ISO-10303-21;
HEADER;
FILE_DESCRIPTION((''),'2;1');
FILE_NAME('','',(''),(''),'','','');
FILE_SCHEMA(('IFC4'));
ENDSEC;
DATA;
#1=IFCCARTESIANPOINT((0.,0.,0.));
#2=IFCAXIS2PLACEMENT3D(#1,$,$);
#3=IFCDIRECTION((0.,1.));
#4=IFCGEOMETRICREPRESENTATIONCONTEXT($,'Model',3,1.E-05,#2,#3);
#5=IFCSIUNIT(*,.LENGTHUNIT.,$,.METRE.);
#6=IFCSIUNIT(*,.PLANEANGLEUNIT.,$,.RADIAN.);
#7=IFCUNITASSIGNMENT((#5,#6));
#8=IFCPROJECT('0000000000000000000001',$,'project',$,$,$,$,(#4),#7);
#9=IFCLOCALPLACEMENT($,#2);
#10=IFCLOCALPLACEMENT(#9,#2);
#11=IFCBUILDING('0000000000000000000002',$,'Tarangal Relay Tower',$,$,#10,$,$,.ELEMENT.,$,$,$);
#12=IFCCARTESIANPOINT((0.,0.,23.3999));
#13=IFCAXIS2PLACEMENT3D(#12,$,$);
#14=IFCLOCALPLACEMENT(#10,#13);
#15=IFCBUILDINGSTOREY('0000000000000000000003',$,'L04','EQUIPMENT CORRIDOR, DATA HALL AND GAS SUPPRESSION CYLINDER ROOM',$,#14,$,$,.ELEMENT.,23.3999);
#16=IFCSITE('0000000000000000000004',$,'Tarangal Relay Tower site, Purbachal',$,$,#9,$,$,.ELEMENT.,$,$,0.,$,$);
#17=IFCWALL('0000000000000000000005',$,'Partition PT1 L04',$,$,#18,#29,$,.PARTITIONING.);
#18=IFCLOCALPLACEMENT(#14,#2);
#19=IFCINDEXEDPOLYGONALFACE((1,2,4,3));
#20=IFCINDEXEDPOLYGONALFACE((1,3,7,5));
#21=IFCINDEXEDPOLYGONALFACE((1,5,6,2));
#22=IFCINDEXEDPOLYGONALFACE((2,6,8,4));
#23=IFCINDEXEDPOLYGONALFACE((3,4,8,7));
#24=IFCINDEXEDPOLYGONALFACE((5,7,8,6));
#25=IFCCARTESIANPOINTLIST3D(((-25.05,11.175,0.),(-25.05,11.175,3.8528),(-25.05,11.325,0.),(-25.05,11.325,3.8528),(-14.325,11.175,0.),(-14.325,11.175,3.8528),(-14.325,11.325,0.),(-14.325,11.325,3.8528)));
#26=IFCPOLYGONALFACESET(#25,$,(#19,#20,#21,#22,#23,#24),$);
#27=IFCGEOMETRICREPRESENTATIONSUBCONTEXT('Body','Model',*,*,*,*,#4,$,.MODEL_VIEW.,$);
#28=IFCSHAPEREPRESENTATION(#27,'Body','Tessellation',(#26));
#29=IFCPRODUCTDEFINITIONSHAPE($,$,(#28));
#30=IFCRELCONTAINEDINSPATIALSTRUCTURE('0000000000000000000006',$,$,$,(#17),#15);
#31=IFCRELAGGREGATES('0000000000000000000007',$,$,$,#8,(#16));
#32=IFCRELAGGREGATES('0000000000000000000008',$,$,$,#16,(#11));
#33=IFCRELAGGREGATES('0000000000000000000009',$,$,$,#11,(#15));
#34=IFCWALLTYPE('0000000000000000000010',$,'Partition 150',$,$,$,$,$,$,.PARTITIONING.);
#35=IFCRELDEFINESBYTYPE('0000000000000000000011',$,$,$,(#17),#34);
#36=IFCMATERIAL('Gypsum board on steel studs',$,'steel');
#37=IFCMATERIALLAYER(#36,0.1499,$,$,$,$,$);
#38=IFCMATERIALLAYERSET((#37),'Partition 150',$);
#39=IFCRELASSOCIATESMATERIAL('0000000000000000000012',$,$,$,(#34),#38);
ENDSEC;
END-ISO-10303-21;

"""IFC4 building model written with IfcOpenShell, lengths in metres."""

from ifc_helpers import new_model, si_unit, direction, frame, frame_2d, origin, place, context, subcontext, project, spatial, rectangle, extrude, material, layer, layer_set, type_object, element, save


model = new_model("IFC4")

# Units and contexts
model_context = context("Model", 3, precision=1e-05, world=origin(), true_north=direction((0.0, 1.0)))
body_context = subcontext(model_context, "Body", "Model", "MODEL_VIEW")
ifc_project = project(units=[si_unit("LENGTHUNIT", "METRE"), si_unit("PLANEANGLEUNIT", "RADIAN")], contexts=[model_context])

# Site, building, storey
site_placement = place(None, origin())
site = spatial("IfcSite", under=ifc_project, at=site_placement, Name="Tarangal Relay Tower site, Purbachal", CompositionType="ELEMENT", RefElevation=0.0)
building_placement = place(site_placement, origin())
building = spatial("IfcBuilding", under=site, at=building_placement, Name="Tarangal Relay Tower", CompositionType="ELEMENT")
storey_placement = place(building_placement, frame((0.0, 0.0, 23.3999)))
storey = spatial("IfcBuildingStorey", under=building, at=storey_placement, Name="L04", Description="EQUIPMENT CORRIDOR, DATA HALL AND GAS SUPPRESSION CYLINDER ROOM", CompositionType="ELEMENT", Elevation=23.3999)

# Wall
ifc_material_1 = material(Name="Gypsum board on steel studs", Category="steel")
ifc_layer_1 = layer(ifc_material_1, 0.1499)
ifc_layer_set_1 = layer_set([ifc_layer_1], Name="Partition 150")
wall_type_1 = type_object("IfcWallType", Name="Partition 150", PredefinedType="PARTITIONING", material=ifc_layer_set_1)
for number, where, z_axis, x_axis, name in (
    (1, (-25.05, 11.25, 0.0), (0.0, 0.0, 1.0), (1.0, 0.0, 0.0), "Partition PT1 L04"),
):
    element("IfcWall", number, at=place(storey_placement, frame(where, z_axis=z_axis, x_axis=x_axis)), inside=storey, type_object=wall_type_1, Name=name, PredefinedType="PARTITIONING", context=body_context, shape_type="SweptSolid", body=[
        extrude(rectangle(XDim=10.7251, YDim=0.1499, at=frame_2d((5.3625, 0.0))), origin(), (0.0, 0.0, 1.0), 3.8528),
    ])

save(model, "model.ifc")
